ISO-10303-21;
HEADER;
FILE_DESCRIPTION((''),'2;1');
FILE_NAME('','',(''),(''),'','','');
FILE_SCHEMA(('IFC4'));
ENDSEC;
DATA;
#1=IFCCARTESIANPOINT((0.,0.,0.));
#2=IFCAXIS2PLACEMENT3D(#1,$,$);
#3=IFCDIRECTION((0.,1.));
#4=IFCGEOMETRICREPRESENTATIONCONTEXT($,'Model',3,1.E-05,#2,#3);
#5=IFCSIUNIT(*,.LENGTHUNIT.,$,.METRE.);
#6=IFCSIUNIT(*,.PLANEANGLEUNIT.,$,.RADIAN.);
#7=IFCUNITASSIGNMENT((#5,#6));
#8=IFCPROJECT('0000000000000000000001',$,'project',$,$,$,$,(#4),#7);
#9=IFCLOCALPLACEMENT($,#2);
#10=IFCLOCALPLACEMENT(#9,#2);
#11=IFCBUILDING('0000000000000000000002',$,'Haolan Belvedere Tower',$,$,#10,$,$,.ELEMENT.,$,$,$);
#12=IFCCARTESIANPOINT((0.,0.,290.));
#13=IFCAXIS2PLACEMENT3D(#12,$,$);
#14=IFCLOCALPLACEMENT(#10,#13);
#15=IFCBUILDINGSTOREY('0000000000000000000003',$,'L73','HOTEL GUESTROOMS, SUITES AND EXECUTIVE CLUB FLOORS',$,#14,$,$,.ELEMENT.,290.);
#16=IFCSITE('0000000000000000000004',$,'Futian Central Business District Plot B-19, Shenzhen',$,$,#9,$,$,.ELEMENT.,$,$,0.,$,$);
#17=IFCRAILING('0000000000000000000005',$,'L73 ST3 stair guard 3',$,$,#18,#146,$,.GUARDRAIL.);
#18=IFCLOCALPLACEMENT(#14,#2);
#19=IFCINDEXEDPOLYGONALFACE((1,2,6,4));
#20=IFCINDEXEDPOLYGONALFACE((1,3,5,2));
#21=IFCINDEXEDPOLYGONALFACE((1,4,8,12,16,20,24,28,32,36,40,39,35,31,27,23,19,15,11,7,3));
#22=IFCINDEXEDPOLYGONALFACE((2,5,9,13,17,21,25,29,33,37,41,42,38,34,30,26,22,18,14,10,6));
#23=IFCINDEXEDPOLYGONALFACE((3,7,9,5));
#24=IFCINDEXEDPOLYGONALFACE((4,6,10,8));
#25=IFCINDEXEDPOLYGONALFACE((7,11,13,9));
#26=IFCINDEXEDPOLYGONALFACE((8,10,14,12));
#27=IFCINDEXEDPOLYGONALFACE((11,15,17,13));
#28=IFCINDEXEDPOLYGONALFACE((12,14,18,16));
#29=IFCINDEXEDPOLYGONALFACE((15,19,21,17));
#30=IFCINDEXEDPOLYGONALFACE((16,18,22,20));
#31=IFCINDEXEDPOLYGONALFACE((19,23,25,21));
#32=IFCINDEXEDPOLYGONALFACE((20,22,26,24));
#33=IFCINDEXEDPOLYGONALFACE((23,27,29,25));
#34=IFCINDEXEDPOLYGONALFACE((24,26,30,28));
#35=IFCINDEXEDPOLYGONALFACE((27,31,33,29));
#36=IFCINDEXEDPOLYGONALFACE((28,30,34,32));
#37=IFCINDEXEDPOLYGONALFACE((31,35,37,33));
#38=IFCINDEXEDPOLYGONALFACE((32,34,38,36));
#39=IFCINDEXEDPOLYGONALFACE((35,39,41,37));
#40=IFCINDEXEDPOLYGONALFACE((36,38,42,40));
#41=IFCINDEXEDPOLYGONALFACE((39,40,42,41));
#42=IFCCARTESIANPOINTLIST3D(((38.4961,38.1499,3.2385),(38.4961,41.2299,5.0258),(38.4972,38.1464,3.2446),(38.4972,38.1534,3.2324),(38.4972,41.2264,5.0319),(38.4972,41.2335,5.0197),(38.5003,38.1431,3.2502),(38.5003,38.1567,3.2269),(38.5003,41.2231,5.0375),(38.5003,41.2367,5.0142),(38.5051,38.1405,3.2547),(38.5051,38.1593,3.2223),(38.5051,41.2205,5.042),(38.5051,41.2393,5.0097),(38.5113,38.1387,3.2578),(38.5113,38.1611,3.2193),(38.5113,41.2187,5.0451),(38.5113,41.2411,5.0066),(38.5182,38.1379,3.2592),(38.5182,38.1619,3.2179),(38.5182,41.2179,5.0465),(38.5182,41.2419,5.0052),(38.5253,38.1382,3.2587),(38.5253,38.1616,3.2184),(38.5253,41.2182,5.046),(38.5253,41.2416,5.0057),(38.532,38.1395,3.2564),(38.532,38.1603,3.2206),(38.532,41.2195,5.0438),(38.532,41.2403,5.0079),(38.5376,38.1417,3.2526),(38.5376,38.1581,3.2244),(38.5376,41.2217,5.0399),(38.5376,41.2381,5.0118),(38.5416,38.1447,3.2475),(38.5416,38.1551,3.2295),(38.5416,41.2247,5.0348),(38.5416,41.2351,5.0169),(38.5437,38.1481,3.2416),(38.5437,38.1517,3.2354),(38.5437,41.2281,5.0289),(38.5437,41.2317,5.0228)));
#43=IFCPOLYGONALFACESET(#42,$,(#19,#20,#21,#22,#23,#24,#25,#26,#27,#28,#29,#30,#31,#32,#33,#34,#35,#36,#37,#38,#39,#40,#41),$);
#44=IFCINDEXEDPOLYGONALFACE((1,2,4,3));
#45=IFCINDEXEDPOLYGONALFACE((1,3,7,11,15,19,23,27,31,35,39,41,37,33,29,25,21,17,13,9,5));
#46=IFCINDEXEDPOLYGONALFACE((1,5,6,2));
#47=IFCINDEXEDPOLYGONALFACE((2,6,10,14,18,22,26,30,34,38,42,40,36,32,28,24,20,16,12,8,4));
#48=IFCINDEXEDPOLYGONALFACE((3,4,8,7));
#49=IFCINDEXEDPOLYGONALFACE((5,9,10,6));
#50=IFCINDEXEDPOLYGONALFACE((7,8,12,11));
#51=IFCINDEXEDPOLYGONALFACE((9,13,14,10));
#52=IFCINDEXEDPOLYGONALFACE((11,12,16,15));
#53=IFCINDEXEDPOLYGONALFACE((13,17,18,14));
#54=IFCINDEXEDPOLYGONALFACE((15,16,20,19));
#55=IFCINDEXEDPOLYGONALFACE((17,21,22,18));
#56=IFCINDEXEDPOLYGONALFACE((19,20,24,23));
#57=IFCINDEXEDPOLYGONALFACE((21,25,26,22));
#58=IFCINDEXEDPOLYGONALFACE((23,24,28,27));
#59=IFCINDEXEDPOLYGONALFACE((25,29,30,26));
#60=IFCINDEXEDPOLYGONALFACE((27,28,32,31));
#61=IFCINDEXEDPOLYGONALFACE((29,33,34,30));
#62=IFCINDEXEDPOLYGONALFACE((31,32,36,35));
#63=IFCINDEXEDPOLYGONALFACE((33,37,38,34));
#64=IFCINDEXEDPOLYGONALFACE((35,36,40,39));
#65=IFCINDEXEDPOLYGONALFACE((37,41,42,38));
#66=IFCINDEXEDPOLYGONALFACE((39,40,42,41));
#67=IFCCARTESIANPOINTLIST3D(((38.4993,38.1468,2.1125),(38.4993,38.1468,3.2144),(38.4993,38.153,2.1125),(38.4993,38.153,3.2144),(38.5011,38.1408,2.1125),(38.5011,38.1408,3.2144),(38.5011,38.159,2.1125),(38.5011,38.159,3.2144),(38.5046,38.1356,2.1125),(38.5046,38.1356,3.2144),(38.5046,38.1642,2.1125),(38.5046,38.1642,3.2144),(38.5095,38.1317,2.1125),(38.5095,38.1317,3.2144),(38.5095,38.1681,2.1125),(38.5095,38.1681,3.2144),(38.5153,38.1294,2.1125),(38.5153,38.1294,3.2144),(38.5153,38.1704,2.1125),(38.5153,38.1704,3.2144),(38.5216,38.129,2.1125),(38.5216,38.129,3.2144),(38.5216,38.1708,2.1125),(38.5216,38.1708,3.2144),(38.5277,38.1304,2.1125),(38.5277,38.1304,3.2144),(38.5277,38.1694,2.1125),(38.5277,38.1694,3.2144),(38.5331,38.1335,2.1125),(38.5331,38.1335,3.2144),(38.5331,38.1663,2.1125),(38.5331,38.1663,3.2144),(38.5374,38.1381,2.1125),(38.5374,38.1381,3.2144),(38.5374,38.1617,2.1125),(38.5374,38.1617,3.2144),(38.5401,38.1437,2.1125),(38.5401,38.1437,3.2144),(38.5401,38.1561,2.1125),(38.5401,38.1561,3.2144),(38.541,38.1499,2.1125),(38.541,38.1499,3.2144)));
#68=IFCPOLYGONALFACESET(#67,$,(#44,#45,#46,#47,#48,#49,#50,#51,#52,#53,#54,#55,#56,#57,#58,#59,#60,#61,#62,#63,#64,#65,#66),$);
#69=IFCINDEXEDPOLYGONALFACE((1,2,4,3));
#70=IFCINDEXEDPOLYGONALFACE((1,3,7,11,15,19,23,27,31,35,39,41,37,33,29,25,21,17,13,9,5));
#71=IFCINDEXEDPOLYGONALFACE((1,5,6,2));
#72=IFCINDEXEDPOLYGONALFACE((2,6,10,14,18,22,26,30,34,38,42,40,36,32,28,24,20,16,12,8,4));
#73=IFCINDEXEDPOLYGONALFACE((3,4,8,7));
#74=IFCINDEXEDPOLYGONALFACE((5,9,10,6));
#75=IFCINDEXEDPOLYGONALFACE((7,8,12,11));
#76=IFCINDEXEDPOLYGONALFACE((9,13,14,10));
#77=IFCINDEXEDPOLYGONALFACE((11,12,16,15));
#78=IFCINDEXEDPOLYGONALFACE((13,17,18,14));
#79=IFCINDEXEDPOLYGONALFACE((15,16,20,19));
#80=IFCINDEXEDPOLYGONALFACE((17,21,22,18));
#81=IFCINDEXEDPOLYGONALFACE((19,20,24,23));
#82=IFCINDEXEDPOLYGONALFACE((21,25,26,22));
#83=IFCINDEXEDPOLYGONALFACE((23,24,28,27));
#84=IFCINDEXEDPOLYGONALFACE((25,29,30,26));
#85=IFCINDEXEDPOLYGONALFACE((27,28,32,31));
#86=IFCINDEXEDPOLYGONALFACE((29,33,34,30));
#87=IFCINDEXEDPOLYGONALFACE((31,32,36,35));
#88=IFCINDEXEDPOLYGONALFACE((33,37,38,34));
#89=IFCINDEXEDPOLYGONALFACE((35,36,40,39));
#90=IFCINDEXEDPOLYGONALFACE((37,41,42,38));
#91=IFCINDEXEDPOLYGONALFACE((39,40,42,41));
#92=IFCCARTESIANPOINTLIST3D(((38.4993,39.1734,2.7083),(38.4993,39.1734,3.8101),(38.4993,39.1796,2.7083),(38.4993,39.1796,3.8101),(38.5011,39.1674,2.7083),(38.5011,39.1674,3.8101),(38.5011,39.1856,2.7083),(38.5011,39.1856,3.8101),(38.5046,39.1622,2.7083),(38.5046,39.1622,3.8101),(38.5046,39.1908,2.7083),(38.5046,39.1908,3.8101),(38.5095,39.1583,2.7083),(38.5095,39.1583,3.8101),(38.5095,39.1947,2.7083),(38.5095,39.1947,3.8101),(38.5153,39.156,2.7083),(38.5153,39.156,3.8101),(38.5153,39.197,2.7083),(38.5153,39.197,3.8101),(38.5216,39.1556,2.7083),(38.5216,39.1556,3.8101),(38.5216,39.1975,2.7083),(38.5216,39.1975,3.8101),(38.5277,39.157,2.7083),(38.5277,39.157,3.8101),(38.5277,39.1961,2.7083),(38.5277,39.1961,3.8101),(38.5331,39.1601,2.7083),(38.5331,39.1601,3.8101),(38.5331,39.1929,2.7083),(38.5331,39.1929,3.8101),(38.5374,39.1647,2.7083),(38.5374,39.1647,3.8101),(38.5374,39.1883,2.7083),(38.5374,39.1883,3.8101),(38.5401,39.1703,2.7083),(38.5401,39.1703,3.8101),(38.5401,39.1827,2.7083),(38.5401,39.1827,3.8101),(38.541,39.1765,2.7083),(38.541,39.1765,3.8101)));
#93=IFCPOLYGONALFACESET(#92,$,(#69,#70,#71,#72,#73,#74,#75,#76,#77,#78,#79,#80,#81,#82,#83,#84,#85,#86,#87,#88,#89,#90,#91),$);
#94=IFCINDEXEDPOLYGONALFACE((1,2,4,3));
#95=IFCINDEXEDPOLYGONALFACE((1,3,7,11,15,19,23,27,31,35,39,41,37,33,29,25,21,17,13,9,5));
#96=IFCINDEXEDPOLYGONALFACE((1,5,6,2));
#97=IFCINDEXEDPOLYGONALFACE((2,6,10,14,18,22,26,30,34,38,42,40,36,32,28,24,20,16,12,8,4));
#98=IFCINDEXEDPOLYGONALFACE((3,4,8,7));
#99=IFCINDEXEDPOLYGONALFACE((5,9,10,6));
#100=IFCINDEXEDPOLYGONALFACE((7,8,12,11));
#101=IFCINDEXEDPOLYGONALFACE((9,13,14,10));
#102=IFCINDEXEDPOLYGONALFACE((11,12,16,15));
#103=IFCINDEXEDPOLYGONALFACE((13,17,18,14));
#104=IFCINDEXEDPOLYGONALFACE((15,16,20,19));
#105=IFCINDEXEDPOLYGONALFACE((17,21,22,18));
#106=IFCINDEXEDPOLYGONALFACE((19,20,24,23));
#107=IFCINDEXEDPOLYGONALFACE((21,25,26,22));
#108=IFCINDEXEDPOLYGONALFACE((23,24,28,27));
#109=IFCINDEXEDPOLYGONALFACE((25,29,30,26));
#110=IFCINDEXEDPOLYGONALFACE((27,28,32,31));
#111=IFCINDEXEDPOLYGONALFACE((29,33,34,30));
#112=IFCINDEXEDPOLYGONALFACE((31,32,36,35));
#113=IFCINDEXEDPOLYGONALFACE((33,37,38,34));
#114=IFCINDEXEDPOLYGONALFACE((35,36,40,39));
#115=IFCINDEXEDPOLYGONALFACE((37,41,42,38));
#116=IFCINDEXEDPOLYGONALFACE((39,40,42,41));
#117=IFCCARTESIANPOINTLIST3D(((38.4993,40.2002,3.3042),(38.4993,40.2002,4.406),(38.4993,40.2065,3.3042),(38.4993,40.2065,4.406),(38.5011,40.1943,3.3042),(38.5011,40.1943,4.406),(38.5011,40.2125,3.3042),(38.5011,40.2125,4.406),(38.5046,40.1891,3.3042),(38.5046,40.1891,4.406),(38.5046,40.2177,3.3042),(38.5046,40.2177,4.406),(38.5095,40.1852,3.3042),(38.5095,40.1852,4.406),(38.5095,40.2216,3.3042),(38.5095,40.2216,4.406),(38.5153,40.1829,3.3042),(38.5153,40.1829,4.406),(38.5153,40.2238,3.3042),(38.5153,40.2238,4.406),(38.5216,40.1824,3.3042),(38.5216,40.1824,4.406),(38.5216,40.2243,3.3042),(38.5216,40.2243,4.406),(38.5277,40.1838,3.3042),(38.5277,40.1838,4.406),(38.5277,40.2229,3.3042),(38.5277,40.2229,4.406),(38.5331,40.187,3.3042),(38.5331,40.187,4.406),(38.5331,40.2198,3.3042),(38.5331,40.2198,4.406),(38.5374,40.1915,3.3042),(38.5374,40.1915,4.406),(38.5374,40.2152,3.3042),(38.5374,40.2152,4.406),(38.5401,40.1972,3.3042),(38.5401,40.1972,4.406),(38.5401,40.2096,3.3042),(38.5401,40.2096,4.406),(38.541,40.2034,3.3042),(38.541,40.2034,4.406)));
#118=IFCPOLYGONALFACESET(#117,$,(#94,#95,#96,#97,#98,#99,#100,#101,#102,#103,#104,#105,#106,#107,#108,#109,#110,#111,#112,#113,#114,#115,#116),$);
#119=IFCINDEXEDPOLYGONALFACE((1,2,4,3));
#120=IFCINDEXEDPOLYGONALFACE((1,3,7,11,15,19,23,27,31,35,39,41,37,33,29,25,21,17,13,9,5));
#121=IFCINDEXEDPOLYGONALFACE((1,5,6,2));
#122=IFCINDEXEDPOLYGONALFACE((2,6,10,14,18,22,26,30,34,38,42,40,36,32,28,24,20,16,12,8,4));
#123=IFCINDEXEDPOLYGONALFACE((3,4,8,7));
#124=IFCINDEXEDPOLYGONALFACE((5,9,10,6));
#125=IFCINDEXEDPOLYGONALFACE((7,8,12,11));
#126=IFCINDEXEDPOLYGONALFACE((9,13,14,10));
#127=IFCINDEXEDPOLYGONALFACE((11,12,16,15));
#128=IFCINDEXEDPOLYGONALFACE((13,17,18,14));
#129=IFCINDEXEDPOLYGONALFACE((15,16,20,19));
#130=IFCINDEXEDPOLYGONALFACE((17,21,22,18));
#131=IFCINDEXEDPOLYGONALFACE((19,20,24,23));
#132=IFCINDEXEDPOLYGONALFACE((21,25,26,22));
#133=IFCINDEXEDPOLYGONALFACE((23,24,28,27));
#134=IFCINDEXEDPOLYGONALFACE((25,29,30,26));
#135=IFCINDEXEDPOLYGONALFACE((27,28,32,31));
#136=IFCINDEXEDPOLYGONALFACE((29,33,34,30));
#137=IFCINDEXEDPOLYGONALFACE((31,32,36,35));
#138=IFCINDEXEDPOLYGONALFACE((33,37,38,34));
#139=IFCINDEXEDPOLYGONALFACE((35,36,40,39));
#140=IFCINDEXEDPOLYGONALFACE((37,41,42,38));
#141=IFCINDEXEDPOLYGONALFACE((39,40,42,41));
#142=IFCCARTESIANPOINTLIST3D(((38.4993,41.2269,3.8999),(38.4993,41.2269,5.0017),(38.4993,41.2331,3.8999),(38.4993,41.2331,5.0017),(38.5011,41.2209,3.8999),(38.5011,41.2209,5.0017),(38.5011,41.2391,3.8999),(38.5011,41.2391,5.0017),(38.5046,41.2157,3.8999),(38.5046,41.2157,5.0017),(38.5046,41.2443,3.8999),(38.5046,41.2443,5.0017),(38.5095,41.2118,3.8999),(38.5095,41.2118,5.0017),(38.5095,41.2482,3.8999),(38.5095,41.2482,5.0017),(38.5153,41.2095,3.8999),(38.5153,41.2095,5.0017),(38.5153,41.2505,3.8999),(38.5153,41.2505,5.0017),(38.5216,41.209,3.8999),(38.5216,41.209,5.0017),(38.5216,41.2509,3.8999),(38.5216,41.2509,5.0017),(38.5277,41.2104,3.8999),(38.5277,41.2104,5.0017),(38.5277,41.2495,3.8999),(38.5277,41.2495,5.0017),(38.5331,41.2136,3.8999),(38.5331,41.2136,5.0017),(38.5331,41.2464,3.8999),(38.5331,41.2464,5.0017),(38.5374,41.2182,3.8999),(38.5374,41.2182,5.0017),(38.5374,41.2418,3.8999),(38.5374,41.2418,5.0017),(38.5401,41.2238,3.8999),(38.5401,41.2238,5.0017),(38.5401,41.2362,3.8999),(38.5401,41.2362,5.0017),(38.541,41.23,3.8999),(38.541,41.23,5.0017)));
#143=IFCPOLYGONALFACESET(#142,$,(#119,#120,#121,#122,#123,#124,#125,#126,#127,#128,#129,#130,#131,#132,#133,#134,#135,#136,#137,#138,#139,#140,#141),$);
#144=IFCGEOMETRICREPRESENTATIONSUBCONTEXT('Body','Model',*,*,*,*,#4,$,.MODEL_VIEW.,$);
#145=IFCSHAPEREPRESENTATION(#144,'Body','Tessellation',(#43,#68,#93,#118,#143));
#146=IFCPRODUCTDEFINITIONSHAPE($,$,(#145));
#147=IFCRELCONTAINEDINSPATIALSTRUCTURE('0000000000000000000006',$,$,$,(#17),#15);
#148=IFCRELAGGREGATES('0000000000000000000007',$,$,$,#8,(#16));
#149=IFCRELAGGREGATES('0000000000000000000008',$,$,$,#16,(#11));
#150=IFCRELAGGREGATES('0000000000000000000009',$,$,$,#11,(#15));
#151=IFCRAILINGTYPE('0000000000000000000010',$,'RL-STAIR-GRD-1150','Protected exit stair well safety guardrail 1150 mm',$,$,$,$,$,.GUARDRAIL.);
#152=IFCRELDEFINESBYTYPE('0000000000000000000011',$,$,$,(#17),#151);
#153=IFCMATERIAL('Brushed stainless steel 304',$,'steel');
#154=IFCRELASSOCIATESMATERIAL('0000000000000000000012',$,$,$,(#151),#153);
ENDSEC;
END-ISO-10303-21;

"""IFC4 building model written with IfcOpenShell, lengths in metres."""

from ifc_helpers import new_model, si_unit, direction, frame, origin, origin_2d, place, context, subcontext, project, spatial, circle, extrude, material, type_object, element, save


model = new_model("IFC4")

# Units and contexts
model_context = context("Model", 3, precision=1e-05, world=origin(), true_north=direction((0.0, 1.0)))
body_context = subcontext(model_context, "Body", "Model", "MODEL_VIEW")
ifc_project = project(units=[si_unit("LENGTHUNIT", "METRE"), si_unit("PLANEANGLEUNIT", "RADIAN")], contexts=[model_context])

# Site, building, storey
site_placement = place(None, origin())
site = spatial("IfcSite", under=ifc_project, at=site_placement, Name="Futian Central Business District Plot B-19, Shenzhen", CompositionType="ELEMENT", RefElevation=0.0)
building_placement = place(site_placement, origin())
building = spatial("IfcBuilding", under=site, at=building_placement, Name="Haolan Belvedere Tower", CompositionType="ELEMENT")
storey_placement = place(building_placement, frame((0.0, 0.0, 290.0)))
storey = spatial("IfcBuildingStorey", under=building, at=storey_placement, Name="L73", Description="HOTEL GUESTROOMS, SUITES AND EXECUTIVE CLUB FLOORS", CompositionType="ELEMENT", Elevation=290.0)

# Railing
ifc_material_1 = material(Name="Brushed stainless steel 304", Category="steel")
railing_type_1 = type_object("IfcRailingType", Name="RL-STAIR-GRD-1150", Description="Protected exit stair well safety guardrail 1150 mm", PredefinedType="GUARDRAIL", material=ifc_material_1)
railing_1_placement = place(storey_placement, frame((38.52, 38.1499, 2.1125)))
element("IfcRailing", 1, at=railing_1_placement, inside=storey, type_object=railing_type_1, Name="L73 ST3 stair guard 3", PredefinedType="GUARDRAIL", context=body_context, shape_type="SweptSolid", body=[
    extrude(circle(Radius=0.0239, at=origin_2d()), frame((0.0, 0.0, 1.126), z_axis=(0.0, 0.86492, 0.501909), x_axis=(-1.0, 0.0, 0.0)), (0.0, 0.0, 1.0), 3.561),
    extrude(circle(Radius=0.021, at=origin_2d()), origin(), (0.0, 0.0, 1.0), 1.1018),
    extrude(circle(Radius=0.021, at=origin_2d()), frame((0.0, 1.0266, 0.5957)), (0.0, 0.0, 1.0), 1.1018),
    extrude(circle(Radius=0.021, at=origin_2d()), frame((0.0, 2.0535, 1.1917)), (0.0, 0.0, 1.0), 1.1018),
    extrude(circle(Radius=0.021, at=origin_2d()), frame((0.0, 3.0801, 1.7874)), (0.0, 0.0, 1.0), 1.1018),
])

save(model, "model.ifc")
